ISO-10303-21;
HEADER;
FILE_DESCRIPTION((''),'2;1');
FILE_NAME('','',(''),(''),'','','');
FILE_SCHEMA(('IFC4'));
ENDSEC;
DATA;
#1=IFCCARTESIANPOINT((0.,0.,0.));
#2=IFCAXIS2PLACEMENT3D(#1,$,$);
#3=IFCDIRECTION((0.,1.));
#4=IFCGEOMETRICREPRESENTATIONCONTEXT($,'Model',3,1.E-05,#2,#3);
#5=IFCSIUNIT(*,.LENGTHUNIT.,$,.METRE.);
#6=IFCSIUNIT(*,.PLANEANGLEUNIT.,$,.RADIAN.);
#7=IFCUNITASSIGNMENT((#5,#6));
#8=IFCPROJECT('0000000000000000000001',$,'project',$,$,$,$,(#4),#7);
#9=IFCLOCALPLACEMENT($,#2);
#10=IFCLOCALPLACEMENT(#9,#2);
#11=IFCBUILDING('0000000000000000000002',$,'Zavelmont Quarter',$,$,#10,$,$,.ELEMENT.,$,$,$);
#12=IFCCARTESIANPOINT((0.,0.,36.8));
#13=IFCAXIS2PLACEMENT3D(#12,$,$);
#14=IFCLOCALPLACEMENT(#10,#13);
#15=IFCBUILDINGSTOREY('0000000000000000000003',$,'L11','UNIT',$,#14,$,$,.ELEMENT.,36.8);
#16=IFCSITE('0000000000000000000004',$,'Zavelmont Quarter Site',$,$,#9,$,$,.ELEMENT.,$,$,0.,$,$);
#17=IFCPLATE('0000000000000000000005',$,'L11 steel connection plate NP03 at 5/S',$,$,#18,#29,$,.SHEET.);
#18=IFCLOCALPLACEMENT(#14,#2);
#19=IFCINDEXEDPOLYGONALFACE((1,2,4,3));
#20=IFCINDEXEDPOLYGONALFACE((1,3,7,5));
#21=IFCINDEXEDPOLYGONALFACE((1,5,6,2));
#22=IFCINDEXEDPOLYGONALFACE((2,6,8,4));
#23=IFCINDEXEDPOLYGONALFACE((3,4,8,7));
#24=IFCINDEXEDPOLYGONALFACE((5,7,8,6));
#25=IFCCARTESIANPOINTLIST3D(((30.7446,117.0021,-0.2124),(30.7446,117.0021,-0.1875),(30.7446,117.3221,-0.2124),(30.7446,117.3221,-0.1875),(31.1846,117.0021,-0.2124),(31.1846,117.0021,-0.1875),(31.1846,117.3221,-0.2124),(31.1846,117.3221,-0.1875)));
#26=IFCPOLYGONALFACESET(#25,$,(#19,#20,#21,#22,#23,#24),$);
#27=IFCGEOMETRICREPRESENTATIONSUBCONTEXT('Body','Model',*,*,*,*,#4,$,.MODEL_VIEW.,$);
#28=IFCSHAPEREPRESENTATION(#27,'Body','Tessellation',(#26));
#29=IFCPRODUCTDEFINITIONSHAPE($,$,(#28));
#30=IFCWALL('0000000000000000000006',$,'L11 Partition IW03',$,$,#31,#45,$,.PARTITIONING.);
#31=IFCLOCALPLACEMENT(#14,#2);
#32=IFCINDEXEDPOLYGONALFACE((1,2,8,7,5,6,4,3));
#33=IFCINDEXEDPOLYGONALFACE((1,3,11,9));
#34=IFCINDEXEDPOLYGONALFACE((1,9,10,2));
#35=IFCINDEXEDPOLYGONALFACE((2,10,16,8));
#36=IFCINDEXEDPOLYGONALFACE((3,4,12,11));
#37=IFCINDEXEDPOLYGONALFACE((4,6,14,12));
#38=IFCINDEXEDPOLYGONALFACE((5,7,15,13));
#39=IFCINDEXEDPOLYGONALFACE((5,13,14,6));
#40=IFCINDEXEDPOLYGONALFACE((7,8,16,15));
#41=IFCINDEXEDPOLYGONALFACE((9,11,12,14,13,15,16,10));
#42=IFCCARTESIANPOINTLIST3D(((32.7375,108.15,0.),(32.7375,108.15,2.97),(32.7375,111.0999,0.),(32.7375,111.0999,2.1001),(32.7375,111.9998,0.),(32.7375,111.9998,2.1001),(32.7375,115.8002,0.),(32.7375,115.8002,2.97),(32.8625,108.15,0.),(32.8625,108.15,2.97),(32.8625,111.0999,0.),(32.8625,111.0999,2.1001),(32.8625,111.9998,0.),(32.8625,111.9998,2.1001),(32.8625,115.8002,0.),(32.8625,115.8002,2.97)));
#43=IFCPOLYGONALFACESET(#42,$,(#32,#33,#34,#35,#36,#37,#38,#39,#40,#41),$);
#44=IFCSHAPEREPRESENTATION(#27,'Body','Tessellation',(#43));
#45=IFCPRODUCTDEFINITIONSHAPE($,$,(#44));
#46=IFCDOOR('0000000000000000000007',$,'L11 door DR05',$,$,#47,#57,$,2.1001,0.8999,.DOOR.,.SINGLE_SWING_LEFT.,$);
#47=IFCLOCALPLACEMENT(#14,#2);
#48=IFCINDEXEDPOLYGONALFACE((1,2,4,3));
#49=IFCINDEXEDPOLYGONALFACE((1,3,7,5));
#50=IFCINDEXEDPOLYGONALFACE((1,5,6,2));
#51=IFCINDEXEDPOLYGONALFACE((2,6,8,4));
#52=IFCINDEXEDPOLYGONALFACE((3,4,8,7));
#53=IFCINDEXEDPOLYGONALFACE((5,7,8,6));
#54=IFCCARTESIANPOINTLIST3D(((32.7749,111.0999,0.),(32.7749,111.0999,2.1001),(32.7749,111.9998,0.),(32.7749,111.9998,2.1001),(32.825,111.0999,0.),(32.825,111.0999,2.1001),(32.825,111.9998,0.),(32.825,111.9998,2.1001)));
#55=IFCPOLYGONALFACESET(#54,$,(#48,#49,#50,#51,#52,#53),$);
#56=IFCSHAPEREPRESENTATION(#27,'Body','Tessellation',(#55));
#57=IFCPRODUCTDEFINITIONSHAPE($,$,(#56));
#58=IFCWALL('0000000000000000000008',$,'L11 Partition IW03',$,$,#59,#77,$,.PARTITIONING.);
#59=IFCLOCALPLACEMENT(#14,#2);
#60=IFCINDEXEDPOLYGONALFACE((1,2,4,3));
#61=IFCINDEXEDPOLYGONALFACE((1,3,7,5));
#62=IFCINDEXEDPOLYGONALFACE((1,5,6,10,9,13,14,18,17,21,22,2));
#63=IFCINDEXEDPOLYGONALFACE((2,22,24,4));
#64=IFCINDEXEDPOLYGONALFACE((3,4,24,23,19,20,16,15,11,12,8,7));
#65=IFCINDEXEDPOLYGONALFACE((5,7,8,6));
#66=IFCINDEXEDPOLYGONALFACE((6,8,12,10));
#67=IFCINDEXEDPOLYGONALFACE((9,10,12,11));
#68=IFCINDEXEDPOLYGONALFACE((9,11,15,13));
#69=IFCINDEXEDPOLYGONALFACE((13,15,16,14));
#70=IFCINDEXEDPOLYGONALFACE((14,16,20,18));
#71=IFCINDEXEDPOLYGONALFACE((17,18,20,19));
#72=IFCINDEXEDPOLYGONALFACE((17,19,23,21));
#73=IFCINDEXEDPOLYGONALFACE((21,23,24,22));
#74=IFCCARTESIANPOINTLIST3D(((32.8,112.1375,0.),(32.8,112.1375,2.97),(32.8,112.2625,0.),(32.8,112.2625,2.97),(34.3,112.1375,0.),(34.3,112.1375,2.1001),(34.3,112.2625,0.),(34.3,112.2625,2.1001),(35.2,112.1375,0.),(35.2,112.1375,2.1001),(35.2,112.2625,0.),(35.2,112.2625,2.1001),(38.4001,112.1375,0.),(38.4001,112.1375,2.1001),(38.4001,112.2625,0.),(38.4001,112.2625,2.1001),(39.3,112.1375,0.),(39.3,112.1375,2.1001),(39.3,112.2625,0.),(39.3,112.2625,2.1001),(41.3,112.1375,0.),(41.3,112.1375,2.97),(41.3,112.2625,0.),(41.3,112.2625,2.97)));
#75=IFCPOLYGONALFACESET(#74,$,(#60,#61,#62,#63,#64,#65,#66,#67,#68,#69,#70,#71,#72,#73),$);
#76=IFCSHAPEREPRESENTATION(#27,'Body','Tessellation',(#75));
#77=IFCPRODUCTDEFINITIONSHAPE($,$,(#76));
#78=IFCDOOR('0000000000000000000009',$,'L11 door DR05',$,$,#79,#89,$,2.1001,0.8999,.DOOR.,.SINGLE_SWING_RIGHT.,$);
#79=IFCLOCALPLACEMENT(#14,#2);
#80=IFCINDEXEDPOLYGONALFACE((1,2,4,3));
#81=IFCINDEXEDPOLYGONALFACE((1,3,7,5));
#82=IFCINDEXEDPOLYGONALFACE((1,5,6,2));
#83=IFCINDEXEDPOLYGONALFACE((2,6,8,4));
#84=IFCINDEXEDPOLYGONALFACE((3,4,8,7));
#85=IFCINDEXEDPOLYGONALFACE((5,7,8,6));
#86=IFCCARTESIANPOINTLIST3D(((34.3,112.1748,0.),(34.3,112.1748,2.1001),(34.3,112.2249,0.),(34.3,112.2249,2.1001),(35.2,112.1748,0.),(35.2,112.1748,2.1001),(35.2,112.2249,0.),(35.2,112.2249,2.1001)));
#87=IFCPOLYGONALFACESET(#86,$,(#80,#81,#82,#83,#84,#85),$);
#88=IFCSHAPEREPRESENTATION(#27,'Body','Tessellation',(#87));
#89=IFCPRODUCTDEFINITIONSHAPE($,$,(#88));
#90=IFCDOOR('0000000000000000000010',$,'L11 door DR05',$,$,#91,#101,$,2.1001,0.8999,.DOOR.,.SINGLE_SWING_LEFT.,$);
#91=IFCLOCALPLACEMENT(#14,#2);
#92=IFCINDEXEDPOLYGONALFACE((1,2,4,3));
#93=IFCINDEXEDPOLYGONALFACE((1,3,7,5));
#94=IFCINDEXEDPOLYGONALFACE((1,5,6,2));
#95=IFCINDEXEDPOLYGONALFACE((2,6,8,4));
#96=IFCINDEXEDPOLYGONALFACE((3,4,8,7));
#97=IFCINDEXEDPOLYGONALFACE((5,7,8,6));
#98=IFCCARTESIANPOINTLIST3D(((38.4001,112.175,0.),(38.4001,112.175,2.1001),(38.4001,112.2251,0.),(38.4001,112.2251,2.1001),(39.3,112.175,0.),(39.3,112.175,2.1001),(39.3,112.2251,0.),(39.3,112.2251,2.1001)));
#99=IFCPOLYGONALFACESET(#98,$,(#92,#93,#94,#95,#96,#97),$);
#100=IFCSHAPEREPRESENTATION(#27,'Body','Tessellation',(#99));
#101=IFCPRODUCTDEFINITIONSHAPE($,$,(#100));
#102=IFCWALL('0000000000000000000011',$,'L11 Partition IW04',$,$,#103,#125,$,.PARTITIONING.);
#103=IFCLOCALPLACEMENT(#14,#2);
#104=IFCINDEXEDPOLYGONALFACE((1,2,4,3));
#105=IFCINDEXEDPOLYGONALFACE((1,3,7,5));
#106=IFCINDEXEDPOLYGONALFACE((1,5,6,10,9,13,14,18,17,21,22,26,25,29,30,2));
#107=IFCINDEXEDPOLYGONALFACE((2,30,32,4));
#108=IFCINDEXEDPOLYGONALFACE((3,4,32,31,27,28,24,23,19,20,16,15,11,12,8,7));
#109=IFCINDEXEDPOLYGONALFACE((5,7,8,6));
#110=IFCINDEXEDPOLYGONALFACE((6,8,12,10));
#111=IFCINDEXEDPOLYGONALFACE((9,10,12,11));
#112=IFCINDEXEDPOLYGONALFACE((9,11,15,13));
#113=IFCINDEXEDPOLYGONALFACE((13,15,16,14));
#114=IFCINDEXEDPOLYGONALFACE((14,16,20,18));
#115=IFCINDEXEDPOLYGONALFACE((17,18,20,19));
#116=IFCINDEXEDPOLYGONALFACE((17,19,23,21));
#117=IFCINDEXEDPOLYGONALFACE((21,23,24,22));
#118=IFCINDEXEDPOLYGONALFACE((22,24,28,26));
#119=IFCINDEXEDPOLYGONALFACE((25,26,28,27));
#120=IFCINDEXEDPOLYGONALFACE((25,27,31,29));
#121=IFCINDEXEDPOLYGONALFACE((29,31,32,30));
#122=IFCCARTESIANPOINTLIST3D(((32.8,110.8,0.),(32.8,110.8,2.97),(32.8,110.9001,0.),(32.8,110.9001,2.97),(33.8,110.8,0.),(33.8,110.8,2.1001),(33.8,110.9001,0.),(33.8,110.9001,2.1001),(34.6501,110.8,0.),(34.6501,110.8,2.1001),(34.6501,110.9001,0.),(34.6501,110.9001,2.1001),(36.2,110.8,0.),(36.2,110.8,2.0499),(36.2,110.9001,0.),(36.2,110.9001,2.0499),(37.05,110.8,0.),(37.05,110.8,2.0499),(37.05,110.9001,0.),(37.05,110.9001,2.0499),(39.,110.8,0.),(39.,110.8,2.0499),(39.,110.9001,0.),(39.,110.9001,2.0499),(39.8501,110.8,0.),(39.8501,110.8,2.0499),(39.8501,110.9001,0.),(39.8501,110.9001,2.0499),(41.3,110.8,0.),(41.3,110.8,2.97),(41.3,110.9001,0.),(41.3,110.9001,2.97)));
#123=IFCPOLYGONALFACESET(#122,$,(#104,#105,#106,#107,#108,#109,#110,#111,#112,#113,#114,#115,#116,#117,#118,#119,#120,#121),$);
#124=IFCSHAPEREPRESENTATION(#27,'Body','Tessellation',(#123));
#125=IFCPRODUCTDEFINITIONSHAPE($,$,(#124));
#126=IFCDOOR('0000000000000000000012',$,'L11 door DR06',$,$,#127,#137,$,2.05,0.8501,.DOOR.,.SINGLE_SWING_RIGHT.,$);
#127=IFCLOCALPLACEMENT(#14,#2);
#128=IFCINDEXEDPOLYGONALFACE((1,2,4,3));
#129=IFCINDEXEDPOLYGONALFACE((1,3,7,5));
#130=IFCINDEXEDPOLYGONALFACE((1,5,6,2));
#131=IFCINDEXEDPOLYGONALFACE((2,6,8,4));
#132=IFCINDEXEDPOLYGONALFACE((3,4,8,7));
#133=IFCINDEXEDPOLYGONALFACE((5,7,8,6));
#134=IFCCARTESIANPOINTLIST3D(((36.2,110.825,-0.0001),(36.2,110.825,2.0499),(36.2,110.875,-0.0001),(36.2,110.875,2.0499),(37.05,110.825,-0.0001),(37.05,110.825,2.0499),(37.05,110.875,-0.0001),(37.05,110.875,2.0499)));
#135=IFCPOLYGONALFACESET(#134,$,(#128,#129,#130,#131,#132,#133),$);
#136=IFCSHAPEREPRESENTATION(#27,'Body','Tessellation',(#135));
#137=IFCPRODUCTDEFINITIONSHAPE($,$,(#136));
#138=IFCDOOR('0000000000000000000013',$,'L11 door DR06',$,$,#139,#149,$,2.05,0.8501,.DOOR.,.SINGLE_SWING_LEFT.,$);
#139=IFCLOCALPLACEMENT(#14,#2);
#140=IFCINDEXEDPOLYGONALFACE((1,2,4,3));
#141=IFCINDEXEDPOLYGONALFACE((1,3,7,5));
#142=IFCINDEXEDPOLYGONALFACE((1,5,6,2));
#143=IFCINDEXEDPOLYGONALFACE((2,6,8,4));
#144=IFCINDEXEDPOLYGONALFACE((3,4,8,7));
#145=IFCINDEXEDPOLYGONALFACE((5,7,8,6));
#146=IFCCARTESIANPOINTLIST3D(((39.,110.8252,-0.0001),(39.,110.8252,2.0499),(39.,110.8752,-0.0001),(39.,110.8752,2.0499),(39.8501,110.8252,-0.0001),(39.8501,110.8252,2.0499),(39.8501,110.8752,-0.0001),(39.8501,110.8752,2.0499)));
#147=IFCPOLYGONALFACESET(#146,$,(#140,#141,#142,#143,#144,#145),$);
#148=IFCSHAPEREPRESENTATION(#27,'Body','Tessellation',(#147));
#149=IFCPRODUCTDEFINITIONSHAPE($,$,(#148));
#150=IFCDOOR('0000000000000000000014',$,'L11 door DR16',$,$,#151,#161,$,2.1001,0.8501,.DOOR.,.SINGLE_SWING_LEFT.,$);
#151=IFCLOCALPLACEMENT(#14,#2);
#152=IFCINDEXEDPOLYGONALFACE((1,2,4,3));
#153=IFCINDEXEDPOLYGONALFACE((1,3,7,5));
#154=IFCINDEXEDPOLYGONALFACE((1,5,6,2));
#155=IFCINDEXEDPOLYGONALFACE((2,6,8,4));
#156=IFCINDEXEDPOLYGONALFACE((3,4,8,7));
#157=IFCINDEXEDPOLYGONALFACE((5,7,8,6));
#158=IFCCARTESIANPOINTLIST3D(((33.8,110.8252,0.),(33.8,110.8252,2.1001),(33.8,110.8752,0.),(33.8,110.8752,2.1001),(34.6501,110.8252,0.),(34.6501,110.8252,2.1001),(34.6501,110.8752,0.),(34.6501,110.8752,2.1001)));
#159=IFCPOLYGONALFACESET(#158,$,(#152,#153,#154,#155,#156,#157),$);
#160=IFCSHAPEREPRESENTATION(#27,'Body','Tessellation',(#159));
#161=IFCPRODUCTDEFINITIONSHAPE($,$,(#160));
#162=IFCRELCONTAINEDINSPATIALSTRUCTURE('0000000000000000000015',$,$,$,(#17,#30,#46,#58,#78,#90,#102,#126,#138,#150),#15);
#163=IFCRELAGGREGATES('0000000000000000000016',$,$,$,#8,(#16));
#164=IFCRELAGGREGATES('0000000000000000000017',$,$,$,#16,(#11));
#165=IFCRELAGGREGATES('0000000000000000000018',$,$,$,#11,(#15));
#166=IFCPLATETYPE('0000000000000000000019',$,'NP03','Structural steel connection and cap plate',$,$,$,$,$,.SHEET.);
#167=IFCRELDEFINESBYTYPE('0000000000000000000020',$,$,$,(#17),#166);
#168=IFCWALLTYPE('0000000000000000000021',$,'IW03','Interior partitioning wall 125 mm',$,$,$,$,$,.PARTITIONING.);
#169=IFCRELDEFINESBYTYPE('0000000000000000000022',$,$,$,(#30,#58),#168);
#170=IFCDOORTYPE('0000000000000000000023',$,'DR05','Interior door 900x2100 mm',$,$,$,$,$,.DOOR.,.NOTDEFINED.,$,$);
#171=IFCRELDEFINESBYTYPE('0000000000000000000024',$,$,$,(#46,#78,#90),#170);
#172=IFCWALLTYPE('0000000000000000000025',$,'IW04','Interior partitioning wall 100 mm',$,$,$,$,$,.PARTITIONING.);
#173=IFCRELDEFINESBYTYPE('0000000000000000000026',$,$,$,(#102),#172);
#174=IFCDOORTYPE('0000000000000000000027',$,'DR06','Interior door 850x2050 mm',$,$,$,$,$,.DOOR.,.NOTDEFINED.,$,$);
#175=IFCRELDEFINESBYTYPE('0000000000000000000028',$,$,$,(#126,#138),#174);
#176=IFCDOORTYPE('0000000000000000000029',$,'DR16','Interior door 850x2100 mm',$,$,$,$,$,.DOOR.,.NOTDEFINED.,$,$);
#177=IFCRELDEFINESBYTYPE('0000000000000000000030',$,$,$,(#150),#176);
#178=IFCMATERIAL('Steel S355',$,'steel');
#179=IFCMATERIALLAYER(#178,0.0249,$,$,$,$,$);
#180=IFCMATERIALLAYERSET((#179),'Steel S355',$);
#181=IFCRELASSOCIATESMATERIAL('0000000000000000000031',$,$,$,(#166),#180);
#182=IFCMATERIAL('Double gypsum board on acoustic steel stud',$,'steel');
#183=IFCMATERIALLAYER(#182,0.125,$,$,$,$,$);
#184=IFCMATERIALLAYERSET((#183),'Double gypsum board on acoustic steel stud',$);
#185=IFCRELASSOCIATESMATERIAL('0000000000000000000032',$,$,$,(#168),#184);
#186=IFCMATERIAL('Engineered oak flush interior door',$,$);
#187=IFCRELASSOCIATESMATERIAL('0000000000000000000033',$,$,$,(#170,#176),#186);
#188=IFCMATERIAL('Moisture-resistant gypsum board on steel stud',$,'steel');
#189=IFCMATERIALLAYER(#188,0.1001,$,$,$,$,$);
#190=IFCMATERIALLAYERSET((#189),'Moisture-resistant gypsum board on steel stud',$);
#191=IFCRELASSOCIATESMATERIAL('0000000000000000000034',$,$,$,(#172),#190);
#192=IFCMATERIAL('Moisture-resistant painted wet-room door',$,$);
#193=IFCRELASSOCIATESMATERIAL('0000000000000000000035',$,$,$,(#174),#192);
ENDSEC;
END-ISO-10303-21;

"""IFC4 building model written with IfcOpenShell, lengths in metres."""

from ifc_helpers import new_model, si_unit, direction, frame, frame_2d, origin, origin_with_axes, origin_2d, place, context, subcontext, project, spatial, rectangle, extrude, material, layer, layer_set, type_object, element, fill, save


model = new_model("IFC4")

# Units and contexts
model_context = context("Model", 3, precision=1e-05, world=origin(), true_north=direction((0.0, 1.0)))
body_context = subcontext(model_context, "Body", "Model", "MODEL_VIEW")
ifc_project = project(units=[si_unit("LENGTHUNIT", "METRE"), si_unit("PLANEANGLEUNIT", "RADIAN")], contexts=[model_context])

# Site, building, storey
site_placement = place(None, origin())
site = spatial("IfcSite", under=ifc_project, at=site_placement, Name="Zavelmont Quarter Site", CompositionType="ELEMENT", RefElevation=0.0)
building_placement = place(site_placement, origin())
building = spatial("IfcBuilding", under=site, at=building_placement, Name="Zavelmont Quarter", CompositionType="ELEMENT")
storey_placement = place(building_placement, frame((0.0, 0.0, 36.8)))
storey = spatial("IfcBuildingStorey", under=building, at=storey_placement, Name="L11", Description="UNIT", CompositionType="ELEMENT", Elevation=36.8)

# Shared definitions
ifc_material_1 = material(Name="Steel S355", Category="steel")

# Plate
ifc_layer_1 = layer(ifc_material_1, 0.0249)
ifc_layer_set_1 = layer_set([ifc_layer_1], Name="Steel S355")
plate_type = type_object("IfcPlateType", Name="NP03", Description="Structural steel connection and cap plate", PredefinedType="SHEET", material=ifc_layer_set_1)
plate_placement = place(storey_placement, frame((30.9646, 117.1621, -0.2124), z_axis=(0.0, 0.0, 1.0), x_axis=(1.0, 0.0, 0.0)))
element("IfcPlate", 1, at=plate_placement, inside=storey, type_object=plate_type, Name="L11 steel connection plate NP03 at 5/S", PredefinedType="SHEET", context=body_context, shape_type="SweptSolid", body=[
    extrude(rectangle(XDim=0.4399, YDim=0.3201, at=origin_2d()), origin(), (0.0, 0.0, 1.0), 0.0249),
])

# Wall, opening, door
ifc_material_2 = material(Name="Double gypsum board on acoustic steel stud", Category="steel")
ifc_layer_2 = layer(ifc_material_2, 0.125)
ifc_layer_set_2 = layer_set([ifc_layer_2], Name="Double gypsum board on acoustic steel stud")
wall_type_1 = type_object("IfcWallType", Name="IW03", Description="Interior partitioning wall 125 mm", PredefinedType="PARTITIONING", material=ifc_layer_set_2)
wall_1_placement = place(storey_placement, frame((32.8, 108.1499, 0.0), z_axis=(0.0, 0.0, 1.0), x_axis=(0.0, 1.0, 0.0)))
wall_1 = element("IfcWall", 2, at=wall_1_placement, inside=storey, type_object=wall_type_1, Name="L11 Partition IW03", PredefinedType="PARTITIONING", context=body_context, shape_type="SweptSolid", body=[
    extrude(rectangle(XDim=7.6501, YDim=0.125, at=frame_2d((3.8252, 0.0))), origin(), (0.0, 0.0, 1.0), 2.97),
])
opening_1_placement = place(wall_1_placement, frame((2.95, 0.0, 0.0)))
opening_1 = element("IfcOpeningElement", 3, at=opening_1_placement, cuts=wall_1, PredefinedType="OPENING", context=body_context, shape_type="SweptSolid", body=[
    extrude(rectangle(XDim=0.8999, YDim=2.1001, at=frame_2d((0.45, 1.05))), frame((0.0, 0.0745, 0.0), z_axis=(0.0, -1.0, 0.0), x_axis=(1.0, 0.0, 0.0)), (0.0, 0.0, 1.0), 0.1489),
])
ifc_material_3 = material(Name="Engineered oak flush interior door")
door_type_1 = type_object("IfcDoorType", Name="DR05", Description="Interior door 900x2100 mm", OperationType="NOTDEFINED", PredefinedType="DOOR", material=ifc_material_3)
door_1_placement = place(opening_1_placement, frame((0.8999, 0.0, 0.0), z_axis=(0.0, 0.0, 1.0), x_axis=(-1.0, 0.0, 0.0)))
door_1 = element("IfcDoor", 4, at=door_1_placement, inside=storey, type_object=door_type_1, Name="L11 door DR05", OperationType="SINGLE_SWING_LEFT", OverallHeight=2.1001, OverallWidth=0.8999, PredefinedType="DOOR", context=body_context, shape_type="SweptSolid", body=[
    extrude(rectangle(XDim=0.8999, YDim=2.1001, at=frame_2d((0.45, 1.05))), frame((0.0, 0.0249, 0.0), z_axis=(0.0, -1.0, 0.0), x_axis=(1.0, 0.0, 0.0)), (0.0, 0.0, 1.0), 0.05),
])
fill(opening_1, door_1)

# Walls, openings, doors
wall_2_placement = place(storey_placement, frame((32.8, 112.2, 0.0), z_axis=(0.0, 0.0, 1.0), x_axis=(1.0, 0.0, 0.0)))
wall_2 = element("IfcWall", 5, at=wall_2_placement, inside=storey, type_object=wall_type_1, Name="L11 Partition IW03", PredefinedType="PARTITIONING", context=body_context, shape_type="SweptSolid", body=[
    extrude(rectangle(XDim=8.5, YDim=0.125, at=frame_2d((4.25, 0.0))), origin(), (0.0, 0.0, 1.0), 2.97),
])
opening_2_placement = place(wall_2_placement, frame((1.5, 0.0, 0.0)))
opening_2 = element("IfcOpeningElement", 6, at=opening_2_placement, cuts=wall_2, PredefinedType="OPENING", context=body_context, shape_type="SweptSolid", body=[
    extrude(rectangle(XDim=0.8999, YDim=2.1001, at=frame_2d((0.45, 1.05))), frame((0.0, 0.0745, 0.0), z_axis=(0.0, -1.0, 0.0), x_axis=(1.0, 0.0, 0.0)), (0.0, 0.0, 1.0), 0.1489),
])
opening_3_placement = place(wall_2_placement, frame((5.6001, 0.0, 0.0)))
opening_3 = element("IfcOpeningElement", 7, at=opening_3_placement, cuts=wall_2, PredefinedType="OPENING", context=body_context, shape_type="SweptSolid", body=[
    extrude(rectangle(XDim=0.8999, YDim=2.1001, at=frame_2d((0.45, 1.05))), frame((0.0, 0.0745, 0.0), z_axis=(0.0, -1.0, 0.0), x_axis=(1.0, 0.0, 0.0)), (0.0, 0.0, 1.0), 0.1489),
])
door_2_placement = place(opening_2_placement, origin_with_axes())
door_2 = element("IfcDoor", 8, at=door_2_placement, inside=storey, type_object=door_type_1, Name="L11 door DR05", OperationType="SINGLE_SWING_RIGHT", OverallHeight=2.1001, OverallWidth=0.8999, PredefinedType="DOOR", context=body_context, shape_type="SweptSolid", body=[
    extrude(rectangle(XDim=0.8999, YDim=2.1001, at=frame_2d((0.45, 1.05))), frame((0.0, 0.0249, 0.0), z_axis=(0.0, -1.0, 0.0), x_axis=(1.0, 0.0, 0.0)), (0.0, 0.0, 1.0), 0.05),
])
fill(opening_2, door_2)
door_3_placement = place(opening_3_placement, frame((0.8999, 0.0, 0.0), z_axis=(0.0, 0.0, 1.0), x_axis=(-1.0, 0.0, 0.0)))
door_3 = element("IfcDoor", 9, at=door_3_placement, inside=storey, type_object=door_type_1, Name="L11 door DR05", OperationType="SINGLE_SWING_LEFT", OverallHeight=2.1001, OverallWidth=0.8999, PredefinedType="DOOR", context=body_context, shape_type="SweptSolid", body=[
    extrude(rectangle(XDim=0.8999, YDim=2.1001, at=frame_2d((0.45, 1.05))), frame((0.0, 0.0249, 0.0), z_axis=(0.0, -1.0, 0.0), x_axis=(1.0, 0.0, 0.0)), (0.0, 0.0, 1.0), 0.05),
])
fill(opening_3, door_3)
ifc_material_4 = material(Name="Moisture-resistant gypsum board on steel stud", Category="steel")
ifc_layer_3 = layer(ifc_material_4, 0.1001)
ifc_layer_set_3 = layer_set([ifc_layer_3], Name="Moisture-resistant gypsum board on steel stud")
wall_type_2 = type_object("IfcWallType", Name="IW04", Description="Interior partitioning wall 100 mm", PredefinedType="PARTITIONING", material=ifc_layer_set_3)
wall_3_placement = place(storey_placement, frame((32.8, 110.8501, 0.0), z_axis=(0.0, 0.0, 1.0), x_axis=(1.0, 0.0, 0.0)))
wall_3 = element("IfcWall", 10, at=wall_3_placement, inside=storey, type_object=wall_type_2, Name="L11 Partition IW04", PredefinedType="PARTITIONING", context=body_context, shape_type="SweptSolid", body=[
    extrude(rectangle(XDim=8.5, YDim=0.1001, at=frame_2d((4.25, 0.0))), origin(), (0.0, 0.0, 1.0), 2.97),
])
opening_4_placement = place(wall_3_placement, frame((1.0, 0.0, 0.0)))
opening_4 = element("IfcOpeningElement", 11, at=opening_4_placement, cuts=wall_3, PredefinedType="OPENING", context=body_context, shape_type="SweptSolid", body=[
    extrude(rectangle(XDim=0.8501, YDim=2.1001, at=frame_2d((0.425, 1.05))), frame((0.0, 0.062, 0.0), z_axis=(0.0, -1.0, 0.0), x_axis=(1.0, 0.0, 0.0)), (0.0, 0.0, 1.0), 0.124),
])
opening_5_placement = place(wall_3_placement, frame((3.3999, 0.0, 0.0)))
opening_5 = element("IfcOpeningElement", 12, at=opening_5_placement, cuts=wall_3, PredefinedType="OPENING", context=body_context, shape_type="SweptSolid", body=[
    extrude(rectangle(XDim=0.8501, YDim=2.05, at=frame_2d((0.425, 1.0249))), frame((0.0, 0.062, 0.0), z_axis=(0.0, -1.0, 0.0), x_axis=(1.0, 0.0, 0.0)), (0.0, 0.0, 1.0), 0.124),
])
opening_6_placement = place(wall_3_placement, frame((6.2, 0.0, 0.0)))
opening_6 = element("IfcOpeningElement", 13, at=opening_6_placement, cuts=wall_3, PredefinedType="OPENING", context=body_context, shape_type="SweptSolid", body=[
    extrude(rectangle(XDim=0.8501, YDim=2.05, at=frame_2d((0.425, 1.0249))), frame((0.0, 0.062, 0.0), z_axis=(0.0, -1.0, 0.0), x_axis=(1.0, 0.0, 0.0)), (0.0, 0.0, 1.0), 0.124),
])
ifc_material_5 = material(Name="Moisture-resistant painted wet-room door")
door_type_2 = type_object("IfcDoorType", Name="DR06", Description="Interior door 850x2050 mm", OperationType="NOTDEFINED", PredefinedType="DOOR", material=ifc_material_5)
door_4_placement = place(opening_5_placement, origin_with_axes())
door_4 = element("IfcDoor", 14, at=door_4_placement, inside=storey, type_object=door_type_2, Name="L11 door DR06", OperationType="SINGLE_SWING_RIGHT", OverallHeight=2.05, OverallWidth=0.8501, PredefinedType="DOOR", context=body_context, shape_type="SweptSolid", body=[
    extrude(rectangle(XDim=0.8501, YDim=2.05, at=frame_2d((0.425, 1.0249))), frame((0.0, 0.0249, 0.0), z_axis=(0.0, -1.0, 0.0), x_axis=(1.0, 0.0, 0.0)), (0.0, 0.0, 1.0), 0.05),
])
fill(opening_5, door_4)
door_5_placement = place(opening_6_placement, frame((0.8501, 0.0, 0.0), z_axis=(0.0, 0.0, 1.0), x_axis=(-1.0, 0.0, 0.0)))
door_5 = element("IfcDoor", 15, at=door_5_placement, inside=storey, type_object=door_type_2, Name="L11 door DR06", OperationType="SINGLE_SWING_LEFT", OverallHeight=2.05, OverallWidth=0.8501, PredefinedType="DOOR", context=body_context, shape_type="SweptSolid", body=[
    extrude(rectangle(XDim=0.8501, YDim=2.05, at=frame_2d((0.425, 1.0249))), frame((0.0, 0.0249, 0.0), z_axis=(0.0, -1.0, 0.0), x_axis=(1.0, 0.0, 0.0)), (0.0, 0.0, 1.0), 0.05),
])
fill(opening_6, door_5)
door_type_3 = type_object("IfcDoorType", Name="DR16", Description="Interior door 850x2100 mm", OperationType="NOTDEFINED", PredefinedType="DOOR", material=ifc_material_3)
door_6_placement = place(opening_4_placement, frame((0.8501, 0.0, 0.0), z_axis=(0.0, 0.0, 1.0), x_axis=(-1.0, 0.0, 0.0)))
door_6 = element("IfcDoor", 16, at=door_6_placement, inside=storey, type_object=door_type_3, Name="L11 door DR16", OperationType="SINGLE_SWING_LEFT", OverallHeight=2.1001, OverallWidth=0.8501, PredefinedType="DOOR", context=body_context, shape_type="SweptSolid", body=[
    extrude(rectangle(XDim=0.8501, YDim=2.1001, at=frame_2d((0.425, 1.05))), frame((0.0, 0.0249, 0.0), z_axis=(0.0, -1.0, 0.0), x_axis=(1.0, 0.0, 0.0)), (0.0, 0.0, 1.0), 0.05),
])
fill(opening_4, door_6)

save(model, "model.ifc")
